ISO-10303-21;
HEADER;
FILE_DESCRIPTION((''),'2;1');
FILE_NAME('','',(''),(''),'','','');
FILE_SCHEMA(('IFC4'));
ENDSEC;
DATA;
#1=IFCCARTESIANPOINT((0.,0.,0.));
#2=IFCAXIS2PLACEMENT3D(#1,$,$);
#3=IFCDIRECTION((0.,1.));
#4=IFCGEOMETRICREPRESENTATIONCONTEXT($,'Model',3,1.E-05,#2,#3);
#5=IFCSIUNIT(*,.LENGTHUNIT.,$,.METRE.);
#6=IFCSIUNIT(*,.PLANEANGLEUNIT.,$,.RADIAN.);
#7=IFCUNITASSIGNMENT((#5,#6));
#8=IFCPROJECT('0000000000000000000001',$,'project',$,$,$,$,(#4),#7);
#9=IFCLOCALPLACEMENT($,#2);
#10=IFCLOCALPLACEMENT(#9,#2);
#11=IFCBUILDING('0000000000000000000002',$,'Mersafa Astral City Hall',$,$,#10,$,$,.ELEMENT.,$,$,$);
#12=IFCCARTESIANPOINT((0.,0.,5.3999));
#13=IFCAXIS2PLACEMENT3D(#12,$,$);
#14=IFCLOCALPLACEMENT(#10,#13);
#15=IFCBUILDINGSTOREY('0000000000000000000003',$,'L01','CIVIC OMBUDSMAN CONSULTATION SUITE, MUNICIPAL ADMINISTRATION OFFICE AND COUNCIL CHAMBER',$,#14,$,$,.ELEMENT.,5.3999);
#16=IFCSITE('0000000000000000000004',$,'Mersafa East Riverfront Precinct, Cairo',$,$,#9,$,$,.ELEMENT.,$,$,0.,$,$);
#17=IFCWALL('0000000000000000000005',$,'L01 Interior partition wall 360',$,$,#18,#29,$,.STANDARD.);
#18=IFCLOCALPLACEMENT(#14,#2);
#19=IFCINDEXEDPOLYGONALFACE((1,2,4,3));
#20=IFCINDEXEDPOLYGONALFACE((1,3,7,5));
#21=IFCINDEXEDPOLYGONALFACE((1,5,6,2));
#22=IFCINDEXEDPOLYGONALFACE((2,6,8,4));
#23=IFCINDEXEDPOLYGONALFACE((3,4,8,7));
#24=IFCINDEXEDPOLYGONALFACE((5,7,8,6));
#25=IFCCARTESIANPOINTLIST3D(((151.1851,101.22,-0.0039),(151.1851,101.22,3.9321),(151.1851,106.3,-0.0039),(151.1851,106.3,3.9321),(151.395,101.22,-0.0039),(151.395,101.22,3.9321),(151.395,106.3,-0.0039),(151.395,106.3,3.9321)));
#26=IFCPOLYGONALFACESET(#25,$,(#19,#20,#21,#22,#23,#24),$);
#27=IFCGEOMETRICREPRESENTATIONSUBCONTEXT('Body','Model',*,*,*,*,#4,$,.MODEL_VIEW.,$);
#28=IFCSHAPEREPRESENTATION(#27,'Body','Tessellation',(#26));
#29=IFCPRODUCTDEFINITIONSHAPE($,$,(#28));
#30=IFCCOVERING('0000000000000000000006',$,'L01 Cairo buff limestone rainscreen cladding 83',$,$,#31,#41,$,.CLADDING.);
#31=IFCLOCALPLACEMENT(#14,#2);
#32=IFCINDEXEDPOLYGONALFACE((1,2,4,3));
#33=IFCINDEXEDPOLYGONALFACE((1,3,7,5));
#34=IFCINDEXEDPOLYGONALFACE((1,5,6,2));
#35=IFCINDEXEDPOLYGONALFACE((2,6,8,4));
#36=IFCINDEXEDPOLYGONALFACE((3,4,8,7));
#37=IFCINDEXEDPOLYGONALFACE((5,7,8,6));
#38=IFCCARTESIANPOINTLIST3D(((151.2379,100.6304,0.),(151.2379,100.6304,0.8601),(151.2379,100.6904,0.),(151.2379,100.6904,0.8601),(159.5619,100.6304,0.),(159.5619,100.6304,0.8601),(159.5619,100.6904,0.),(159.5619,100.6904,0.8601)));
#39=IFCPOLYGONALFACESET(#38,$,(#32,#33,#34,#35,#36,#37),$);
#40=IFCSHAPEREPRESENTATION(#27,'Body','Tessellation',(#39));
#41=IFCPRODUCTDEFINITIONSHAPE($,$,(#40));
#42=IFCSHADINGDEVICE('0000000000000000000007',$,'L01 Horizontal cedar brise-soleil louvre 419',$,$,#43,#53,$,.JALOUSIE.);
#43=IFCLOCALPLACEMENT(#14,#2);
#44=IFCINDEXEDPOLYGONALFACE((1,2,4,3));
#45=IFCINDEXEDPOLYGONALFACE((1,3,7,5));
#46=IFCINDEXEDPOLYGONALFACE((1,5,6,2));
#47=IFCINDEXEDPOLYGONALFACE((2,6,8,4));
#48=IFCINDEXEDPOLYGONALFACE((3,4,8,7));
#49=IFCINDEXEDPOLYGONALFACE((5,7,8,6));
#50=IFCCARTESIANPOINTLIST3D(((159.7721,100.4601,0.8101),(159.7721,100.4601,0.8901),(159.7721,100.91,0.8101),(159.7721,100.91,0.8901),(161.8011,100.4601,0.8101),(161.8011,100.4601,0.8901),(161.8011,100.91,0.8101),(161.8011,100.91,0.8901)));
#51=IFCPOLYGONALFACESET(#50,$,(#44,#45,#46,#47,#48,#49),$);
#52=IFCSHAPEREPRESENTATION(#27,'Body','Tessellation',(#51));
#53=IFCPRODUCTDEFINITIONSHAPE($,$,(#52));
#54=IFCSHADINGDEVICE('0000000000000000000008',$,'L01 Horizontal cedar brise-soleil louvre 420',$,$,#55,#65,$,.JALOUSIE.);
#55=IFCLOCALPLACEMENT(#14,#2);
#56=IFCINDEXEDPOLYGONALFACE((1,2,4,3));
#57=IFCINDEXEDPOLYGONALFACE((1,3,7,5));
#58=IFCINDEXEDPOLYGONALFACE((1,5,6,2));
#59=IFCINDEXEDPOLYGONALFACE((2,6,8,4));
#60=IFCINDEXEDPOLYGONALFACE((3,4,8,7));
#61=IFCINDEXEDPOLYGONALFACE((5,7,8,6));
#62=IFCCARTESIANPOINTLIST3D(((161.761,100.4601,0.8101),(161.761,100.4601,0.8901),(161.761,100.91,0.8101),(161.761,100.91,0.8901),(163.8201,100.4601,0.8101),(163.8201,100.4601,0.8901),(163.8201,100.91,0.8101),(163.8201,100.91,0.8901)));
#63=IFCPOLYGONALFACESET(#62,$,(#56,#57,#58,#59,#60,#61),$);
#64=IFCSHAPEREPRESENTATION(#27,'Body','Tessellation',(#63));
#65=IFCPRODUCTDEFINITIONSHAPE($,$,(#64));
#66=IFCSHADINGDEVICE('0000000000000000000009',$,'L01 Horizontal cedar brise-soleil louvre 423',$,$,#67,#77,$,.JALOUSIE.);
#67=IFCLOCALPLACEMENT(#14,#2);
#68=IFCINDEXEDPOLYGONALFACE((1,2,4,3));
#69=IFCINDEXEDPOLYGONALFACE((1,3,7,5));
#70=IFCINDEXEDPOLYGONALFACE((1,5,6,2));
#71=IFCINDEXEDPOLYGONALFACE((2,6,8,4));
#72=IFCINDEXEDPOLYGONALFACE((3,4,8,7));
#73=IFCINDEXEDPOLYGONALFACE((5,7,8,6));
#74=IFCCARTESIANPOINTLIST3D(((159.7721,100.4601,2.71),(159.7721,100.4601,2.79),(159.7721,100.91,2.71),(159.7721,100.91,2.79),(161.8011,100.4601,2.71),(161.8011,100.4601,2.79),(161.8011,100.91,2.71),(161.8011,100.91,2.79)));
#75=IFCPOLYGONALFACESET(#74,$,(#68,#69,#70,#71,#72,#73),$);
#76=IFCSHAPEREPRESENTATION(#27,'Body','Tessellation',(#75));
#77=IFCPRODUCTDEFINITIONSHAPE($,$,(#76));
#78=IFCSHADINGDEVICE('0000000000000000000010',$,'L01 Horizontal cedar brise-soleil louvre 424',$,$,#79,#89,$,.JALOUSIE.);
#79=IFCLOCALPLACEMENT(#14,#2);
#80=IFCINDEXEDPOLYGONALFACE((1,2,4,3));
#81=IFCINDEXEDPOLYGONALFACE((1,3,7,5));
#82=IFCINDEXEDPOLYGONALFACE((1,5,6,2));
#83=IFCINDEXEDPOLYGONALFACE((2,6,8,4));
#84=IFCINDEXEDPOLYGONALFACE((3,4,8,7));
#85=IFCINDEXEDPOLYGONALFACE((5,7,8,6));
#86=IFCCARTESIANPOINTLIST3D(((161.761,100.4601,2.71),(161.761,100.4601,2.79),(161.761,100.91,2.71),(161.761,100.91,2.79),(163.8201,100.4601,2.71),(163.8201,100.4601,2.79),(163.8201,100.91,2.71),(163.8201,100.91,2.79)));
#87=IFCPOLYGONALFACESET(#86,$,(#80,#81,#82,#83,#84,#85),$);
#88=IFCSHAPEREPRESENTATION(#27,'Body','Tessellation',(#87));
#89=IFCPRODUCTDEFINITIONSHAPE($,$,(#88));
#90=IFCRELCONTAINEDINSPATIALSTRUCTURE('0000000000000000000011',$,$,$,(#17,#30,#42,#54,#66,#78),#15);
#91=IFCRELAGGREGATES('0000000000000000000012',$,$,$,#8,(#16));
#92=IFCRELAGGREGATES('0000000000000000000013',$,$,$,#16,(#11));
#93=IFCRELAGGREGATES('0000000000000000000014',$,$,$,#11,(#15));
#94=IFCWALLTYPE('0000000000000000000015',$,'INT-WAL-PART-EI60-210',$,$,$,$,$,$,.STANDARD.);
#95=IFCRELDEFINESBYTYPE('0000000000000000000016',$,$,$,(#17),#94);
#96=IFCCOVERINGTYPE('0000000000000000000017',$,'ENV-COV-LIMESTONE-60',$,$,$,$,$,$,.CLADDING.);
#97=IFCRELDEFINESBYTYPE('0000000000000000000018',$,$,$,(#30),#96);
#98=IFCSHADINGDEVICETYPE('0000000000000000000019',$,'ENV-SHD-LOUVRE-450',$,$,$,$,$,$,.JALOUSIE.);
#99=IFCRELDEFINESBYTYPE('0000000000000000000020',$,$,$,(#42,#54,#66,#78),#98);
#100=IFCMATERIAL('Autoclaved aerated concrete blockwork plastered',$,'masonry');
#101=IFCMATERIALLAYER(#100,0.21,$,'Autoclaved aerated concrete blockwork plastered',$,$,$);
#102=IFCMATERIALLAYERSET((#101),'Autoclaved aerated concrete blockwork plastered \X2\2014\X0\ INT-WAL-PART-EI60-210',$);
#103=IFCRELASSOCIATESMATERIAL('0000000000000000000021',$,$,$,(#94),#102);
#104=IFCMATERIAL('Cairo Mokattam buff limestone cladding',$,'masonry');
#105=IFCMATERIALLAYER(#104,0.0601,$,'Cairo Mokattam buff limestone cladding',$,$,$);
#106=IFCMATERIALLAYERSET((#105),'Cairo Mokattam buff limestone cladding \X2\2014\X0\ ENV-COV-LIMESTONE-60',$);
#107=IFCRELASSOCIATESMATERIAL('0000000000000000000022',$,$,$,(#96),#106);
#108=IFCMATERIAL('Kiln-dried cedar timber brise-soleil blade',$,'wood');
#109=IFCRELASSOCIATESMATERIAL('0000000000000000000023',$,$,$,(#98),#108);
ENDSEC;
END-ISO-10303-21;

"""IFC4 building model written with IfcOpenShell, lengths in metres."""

from ifc_helpers import new_model, si_unit, direction, frame, frame_2d, origin, origin_2d, place, context, subcontext, project, spatial, rectangle, extrude, material, layer, layer_set, type_object, element, save


model = new_model("IFC4")

# Units and contexts
model_context = context("Model", 3, precision=1e-05, world=origin(), true_north=direction((0.0, 1.0)))
body_context = subcontext(model_context, "Body", "Model", "MODEL_VIEW")
ifc_project = project(units=[si_unit("LENGTHUNIT", "METRE"), si_unit("PLANEANGLEUNIT", "RADIAN")], contexts=[model_context])

# Site, building, storey
site_placement = place(None, origin())
site = spatial("IfcSite", under=ifc_project, at=site_placement, Name="Mersafa East Riverfront Precinct, Cairo", CompositionType="ELEMENT", RefElevation=0.0)
building_placement = place(site_placement, origin())
building = spatial("IfcBuilding", under=site, at=building_placement, Name="Mersafa Astral City Hall", CompositionType="ELEMENT")
storey_placement = place(building_placement, frame((0.0, 0.0, 5.3999)))
storey = spatial("IfcBuildingStorey", under=building, at=storey_placement, Name="L01", Description="CIVIC OMBUDSMAN CONSULTATION SUITE, MUNICIPAL ADMINISTRATION OFFICE AND COUNCIL CHAMBER", CompositionType="ELEMENT", Elevation=5.3999)

# Wall
ifc_material_1 = material(Name="Autoclaved aerated concrete blockwork plastered", Category="masonry")
ifc_layer_1 = layer(ifc_material_1, 0.21, Name="Autoclaved aerated concrete blockwork plastered")
ifc_layer_set_1 = layer_set([ifc_layer_1], Name="Autoclaved aerated concrete blockwork plastered — INT-WAL-PART-EI60-210")
wall_type_1 = type_object("IfcWallType", Name="INT-WAL-PART-EI60-210", PredefinedType="STANDARD", material=ifc_layer_set_1)
wall_1_placement = place(storey_placement, frame((151.29, 101.22, -0.0039), z_axis=(0.0, 0.0, 1.0), x_axis=(0.0, 1.0, 0.0)))
element("IfcWall", 1, at=wall_1_placement, inside=storey, type_object=wall_type_1, Name="L01 Interior partition wall 360", PredefinedType="STANDARD", context=body_context, shape_type="SweptSolid", body=[
    extrude(rectangle(XDim=5.0801, YDim=0.21, at=frame_2d((2.54, 0.0))), origin(), (0.0, 0.0, 1.0), 3.936),
])

# Covering
ifc_material_2 = material(Name="Cairo Mokattam buff limestone cladding", Category="masonry")
ifc_layer_2 = layer(ifc_material_2, 0.0601, Name="Cairo Mokattam buff limestone cladding")
ifc_layer_set_2 = layer_set([ifc_layer_2], Name="Cairo Mokattam buff limestone cladding — ENV-COV-LIMESTONE-60")
covering_type = type_object("IfcCoveringType", Name="ENV-COV-LIMESTONE-60", PredefinedType="CLADDING", material=ifc_layer_set_2)
covering_placement = place(storey_placement, frame((155.3999, 100.6604, 0.0), z_axis=(0.0, 0.0, 1.0), x_axis=(1.0, 0.0, 0.0)))
element("IfcCovering", 2, at=covering_placement, inside=storey, type_object=covering_type, Name="L01 Cairo buff limestone rainscreen cladding 83", PredefinedType="CLADDING", context=body_context, shape_type="SweptSolid", body=[
    extrude(rectangle(XDim=8.324, YDim=0.0601, at=origin_2d()), origin(), (0.0, 0.0, 1.0), 0.8601),
])

# Shading devices
ifc_material_3 = material(Name="Kiln-dried cedar timber brise-soleil blade", Category="wood")
shading_device_type = type_object("IfcShadingDeviceType", Name="ENV-SHD-LOUVRE-450", PredefinedType="JALOUSIE", material=ifc_material_3)
shading_device_1_placement = place(storey_placement, frame((160.7866, 100.6851, 0.8101), z_axis=(0.0, 0.0, 1.0), x_axis=(1.0, 0.0, 0.0)))
element("IfcShadingDevice", 3, at=shading_device_1_placement, inside=storey, type_object=shading_device_type, Name="L01 Horizontal cedar brise-soleil louvre 419", PredefinedType="JALOUSIE", context=body_context, shape_type="SweptSolid", body=[
    extrude(rectangle(XDim=2.0291, YDim=0.45, at=origin_2d()), origin(), (0.0, 0.0, 1.0), 0.0801),
])
shading_device_2_placement = place(storey_placement, frame((162.7905, 100.6851, 0.8101), z_axis=(0.0, 0.0, 1.0), x_axis=(1.0, 0.0, 0.0)))
element("IfcShadingDevice", 4, at=shading_device_2_placement, inside=storey, type_object=shading_device_type, Name="L01 Horizontal cedar brise-soleil louvre 420", PredefinedType="JALOUSIE", context=body_context, shape_type="SweptSolid", body=[
    extrude(rectangle(XDim=2.0591, YDim=0.45, at=origin_2d()), origin(), (0.0, 0.0, 1.0), 0.0801),
])
shading_device_3_placement = place(storey_placement, frame((160.7866, 100.6851, 2.71), z_axis=(0.0, 0.0, 1.0), x_axis=(1.0, 0.0, 0.0)))
element("IfcShadingDevice", 5, at=shading_device_3_placement, inside=storey, type_object=shading_device_type, Name="L01 Horizontal cedar brise-soleil louvre 423", PredefinedType="JALOUSIE", context=body_context, shape_type="SweptSolid", body=[
    extrude(rectangle(XDim=2.0291, YDim=0.45, at=origin_2d()), origin(), (0.0, 0.0, 1.0), 0.0801),
])
shading_device_4_placement = place(storey_placement, frame((162.7905, 100.6851, 2.71), z_axis=(0.0, 0.0, 1.0), x_axis=(1.0, 0.0, 0.0)))
element("IfcShadingDevice", 6, at=shading_device_4_placement, inside=storey, type_object=shading_device_type, Name="L01 Horizontal cedar brise-soleil louvre 424", PredefinedType="JALOUSIE", context=body_context, shape_type="SweptSolid", body=[
    extrude(rectangle(XDim=2.0591, YDim=0.45, at=origin_2d()), origin(), (0.0, 0.0, 1.0), 0.0801),
])

save(model, "model.ifc")
